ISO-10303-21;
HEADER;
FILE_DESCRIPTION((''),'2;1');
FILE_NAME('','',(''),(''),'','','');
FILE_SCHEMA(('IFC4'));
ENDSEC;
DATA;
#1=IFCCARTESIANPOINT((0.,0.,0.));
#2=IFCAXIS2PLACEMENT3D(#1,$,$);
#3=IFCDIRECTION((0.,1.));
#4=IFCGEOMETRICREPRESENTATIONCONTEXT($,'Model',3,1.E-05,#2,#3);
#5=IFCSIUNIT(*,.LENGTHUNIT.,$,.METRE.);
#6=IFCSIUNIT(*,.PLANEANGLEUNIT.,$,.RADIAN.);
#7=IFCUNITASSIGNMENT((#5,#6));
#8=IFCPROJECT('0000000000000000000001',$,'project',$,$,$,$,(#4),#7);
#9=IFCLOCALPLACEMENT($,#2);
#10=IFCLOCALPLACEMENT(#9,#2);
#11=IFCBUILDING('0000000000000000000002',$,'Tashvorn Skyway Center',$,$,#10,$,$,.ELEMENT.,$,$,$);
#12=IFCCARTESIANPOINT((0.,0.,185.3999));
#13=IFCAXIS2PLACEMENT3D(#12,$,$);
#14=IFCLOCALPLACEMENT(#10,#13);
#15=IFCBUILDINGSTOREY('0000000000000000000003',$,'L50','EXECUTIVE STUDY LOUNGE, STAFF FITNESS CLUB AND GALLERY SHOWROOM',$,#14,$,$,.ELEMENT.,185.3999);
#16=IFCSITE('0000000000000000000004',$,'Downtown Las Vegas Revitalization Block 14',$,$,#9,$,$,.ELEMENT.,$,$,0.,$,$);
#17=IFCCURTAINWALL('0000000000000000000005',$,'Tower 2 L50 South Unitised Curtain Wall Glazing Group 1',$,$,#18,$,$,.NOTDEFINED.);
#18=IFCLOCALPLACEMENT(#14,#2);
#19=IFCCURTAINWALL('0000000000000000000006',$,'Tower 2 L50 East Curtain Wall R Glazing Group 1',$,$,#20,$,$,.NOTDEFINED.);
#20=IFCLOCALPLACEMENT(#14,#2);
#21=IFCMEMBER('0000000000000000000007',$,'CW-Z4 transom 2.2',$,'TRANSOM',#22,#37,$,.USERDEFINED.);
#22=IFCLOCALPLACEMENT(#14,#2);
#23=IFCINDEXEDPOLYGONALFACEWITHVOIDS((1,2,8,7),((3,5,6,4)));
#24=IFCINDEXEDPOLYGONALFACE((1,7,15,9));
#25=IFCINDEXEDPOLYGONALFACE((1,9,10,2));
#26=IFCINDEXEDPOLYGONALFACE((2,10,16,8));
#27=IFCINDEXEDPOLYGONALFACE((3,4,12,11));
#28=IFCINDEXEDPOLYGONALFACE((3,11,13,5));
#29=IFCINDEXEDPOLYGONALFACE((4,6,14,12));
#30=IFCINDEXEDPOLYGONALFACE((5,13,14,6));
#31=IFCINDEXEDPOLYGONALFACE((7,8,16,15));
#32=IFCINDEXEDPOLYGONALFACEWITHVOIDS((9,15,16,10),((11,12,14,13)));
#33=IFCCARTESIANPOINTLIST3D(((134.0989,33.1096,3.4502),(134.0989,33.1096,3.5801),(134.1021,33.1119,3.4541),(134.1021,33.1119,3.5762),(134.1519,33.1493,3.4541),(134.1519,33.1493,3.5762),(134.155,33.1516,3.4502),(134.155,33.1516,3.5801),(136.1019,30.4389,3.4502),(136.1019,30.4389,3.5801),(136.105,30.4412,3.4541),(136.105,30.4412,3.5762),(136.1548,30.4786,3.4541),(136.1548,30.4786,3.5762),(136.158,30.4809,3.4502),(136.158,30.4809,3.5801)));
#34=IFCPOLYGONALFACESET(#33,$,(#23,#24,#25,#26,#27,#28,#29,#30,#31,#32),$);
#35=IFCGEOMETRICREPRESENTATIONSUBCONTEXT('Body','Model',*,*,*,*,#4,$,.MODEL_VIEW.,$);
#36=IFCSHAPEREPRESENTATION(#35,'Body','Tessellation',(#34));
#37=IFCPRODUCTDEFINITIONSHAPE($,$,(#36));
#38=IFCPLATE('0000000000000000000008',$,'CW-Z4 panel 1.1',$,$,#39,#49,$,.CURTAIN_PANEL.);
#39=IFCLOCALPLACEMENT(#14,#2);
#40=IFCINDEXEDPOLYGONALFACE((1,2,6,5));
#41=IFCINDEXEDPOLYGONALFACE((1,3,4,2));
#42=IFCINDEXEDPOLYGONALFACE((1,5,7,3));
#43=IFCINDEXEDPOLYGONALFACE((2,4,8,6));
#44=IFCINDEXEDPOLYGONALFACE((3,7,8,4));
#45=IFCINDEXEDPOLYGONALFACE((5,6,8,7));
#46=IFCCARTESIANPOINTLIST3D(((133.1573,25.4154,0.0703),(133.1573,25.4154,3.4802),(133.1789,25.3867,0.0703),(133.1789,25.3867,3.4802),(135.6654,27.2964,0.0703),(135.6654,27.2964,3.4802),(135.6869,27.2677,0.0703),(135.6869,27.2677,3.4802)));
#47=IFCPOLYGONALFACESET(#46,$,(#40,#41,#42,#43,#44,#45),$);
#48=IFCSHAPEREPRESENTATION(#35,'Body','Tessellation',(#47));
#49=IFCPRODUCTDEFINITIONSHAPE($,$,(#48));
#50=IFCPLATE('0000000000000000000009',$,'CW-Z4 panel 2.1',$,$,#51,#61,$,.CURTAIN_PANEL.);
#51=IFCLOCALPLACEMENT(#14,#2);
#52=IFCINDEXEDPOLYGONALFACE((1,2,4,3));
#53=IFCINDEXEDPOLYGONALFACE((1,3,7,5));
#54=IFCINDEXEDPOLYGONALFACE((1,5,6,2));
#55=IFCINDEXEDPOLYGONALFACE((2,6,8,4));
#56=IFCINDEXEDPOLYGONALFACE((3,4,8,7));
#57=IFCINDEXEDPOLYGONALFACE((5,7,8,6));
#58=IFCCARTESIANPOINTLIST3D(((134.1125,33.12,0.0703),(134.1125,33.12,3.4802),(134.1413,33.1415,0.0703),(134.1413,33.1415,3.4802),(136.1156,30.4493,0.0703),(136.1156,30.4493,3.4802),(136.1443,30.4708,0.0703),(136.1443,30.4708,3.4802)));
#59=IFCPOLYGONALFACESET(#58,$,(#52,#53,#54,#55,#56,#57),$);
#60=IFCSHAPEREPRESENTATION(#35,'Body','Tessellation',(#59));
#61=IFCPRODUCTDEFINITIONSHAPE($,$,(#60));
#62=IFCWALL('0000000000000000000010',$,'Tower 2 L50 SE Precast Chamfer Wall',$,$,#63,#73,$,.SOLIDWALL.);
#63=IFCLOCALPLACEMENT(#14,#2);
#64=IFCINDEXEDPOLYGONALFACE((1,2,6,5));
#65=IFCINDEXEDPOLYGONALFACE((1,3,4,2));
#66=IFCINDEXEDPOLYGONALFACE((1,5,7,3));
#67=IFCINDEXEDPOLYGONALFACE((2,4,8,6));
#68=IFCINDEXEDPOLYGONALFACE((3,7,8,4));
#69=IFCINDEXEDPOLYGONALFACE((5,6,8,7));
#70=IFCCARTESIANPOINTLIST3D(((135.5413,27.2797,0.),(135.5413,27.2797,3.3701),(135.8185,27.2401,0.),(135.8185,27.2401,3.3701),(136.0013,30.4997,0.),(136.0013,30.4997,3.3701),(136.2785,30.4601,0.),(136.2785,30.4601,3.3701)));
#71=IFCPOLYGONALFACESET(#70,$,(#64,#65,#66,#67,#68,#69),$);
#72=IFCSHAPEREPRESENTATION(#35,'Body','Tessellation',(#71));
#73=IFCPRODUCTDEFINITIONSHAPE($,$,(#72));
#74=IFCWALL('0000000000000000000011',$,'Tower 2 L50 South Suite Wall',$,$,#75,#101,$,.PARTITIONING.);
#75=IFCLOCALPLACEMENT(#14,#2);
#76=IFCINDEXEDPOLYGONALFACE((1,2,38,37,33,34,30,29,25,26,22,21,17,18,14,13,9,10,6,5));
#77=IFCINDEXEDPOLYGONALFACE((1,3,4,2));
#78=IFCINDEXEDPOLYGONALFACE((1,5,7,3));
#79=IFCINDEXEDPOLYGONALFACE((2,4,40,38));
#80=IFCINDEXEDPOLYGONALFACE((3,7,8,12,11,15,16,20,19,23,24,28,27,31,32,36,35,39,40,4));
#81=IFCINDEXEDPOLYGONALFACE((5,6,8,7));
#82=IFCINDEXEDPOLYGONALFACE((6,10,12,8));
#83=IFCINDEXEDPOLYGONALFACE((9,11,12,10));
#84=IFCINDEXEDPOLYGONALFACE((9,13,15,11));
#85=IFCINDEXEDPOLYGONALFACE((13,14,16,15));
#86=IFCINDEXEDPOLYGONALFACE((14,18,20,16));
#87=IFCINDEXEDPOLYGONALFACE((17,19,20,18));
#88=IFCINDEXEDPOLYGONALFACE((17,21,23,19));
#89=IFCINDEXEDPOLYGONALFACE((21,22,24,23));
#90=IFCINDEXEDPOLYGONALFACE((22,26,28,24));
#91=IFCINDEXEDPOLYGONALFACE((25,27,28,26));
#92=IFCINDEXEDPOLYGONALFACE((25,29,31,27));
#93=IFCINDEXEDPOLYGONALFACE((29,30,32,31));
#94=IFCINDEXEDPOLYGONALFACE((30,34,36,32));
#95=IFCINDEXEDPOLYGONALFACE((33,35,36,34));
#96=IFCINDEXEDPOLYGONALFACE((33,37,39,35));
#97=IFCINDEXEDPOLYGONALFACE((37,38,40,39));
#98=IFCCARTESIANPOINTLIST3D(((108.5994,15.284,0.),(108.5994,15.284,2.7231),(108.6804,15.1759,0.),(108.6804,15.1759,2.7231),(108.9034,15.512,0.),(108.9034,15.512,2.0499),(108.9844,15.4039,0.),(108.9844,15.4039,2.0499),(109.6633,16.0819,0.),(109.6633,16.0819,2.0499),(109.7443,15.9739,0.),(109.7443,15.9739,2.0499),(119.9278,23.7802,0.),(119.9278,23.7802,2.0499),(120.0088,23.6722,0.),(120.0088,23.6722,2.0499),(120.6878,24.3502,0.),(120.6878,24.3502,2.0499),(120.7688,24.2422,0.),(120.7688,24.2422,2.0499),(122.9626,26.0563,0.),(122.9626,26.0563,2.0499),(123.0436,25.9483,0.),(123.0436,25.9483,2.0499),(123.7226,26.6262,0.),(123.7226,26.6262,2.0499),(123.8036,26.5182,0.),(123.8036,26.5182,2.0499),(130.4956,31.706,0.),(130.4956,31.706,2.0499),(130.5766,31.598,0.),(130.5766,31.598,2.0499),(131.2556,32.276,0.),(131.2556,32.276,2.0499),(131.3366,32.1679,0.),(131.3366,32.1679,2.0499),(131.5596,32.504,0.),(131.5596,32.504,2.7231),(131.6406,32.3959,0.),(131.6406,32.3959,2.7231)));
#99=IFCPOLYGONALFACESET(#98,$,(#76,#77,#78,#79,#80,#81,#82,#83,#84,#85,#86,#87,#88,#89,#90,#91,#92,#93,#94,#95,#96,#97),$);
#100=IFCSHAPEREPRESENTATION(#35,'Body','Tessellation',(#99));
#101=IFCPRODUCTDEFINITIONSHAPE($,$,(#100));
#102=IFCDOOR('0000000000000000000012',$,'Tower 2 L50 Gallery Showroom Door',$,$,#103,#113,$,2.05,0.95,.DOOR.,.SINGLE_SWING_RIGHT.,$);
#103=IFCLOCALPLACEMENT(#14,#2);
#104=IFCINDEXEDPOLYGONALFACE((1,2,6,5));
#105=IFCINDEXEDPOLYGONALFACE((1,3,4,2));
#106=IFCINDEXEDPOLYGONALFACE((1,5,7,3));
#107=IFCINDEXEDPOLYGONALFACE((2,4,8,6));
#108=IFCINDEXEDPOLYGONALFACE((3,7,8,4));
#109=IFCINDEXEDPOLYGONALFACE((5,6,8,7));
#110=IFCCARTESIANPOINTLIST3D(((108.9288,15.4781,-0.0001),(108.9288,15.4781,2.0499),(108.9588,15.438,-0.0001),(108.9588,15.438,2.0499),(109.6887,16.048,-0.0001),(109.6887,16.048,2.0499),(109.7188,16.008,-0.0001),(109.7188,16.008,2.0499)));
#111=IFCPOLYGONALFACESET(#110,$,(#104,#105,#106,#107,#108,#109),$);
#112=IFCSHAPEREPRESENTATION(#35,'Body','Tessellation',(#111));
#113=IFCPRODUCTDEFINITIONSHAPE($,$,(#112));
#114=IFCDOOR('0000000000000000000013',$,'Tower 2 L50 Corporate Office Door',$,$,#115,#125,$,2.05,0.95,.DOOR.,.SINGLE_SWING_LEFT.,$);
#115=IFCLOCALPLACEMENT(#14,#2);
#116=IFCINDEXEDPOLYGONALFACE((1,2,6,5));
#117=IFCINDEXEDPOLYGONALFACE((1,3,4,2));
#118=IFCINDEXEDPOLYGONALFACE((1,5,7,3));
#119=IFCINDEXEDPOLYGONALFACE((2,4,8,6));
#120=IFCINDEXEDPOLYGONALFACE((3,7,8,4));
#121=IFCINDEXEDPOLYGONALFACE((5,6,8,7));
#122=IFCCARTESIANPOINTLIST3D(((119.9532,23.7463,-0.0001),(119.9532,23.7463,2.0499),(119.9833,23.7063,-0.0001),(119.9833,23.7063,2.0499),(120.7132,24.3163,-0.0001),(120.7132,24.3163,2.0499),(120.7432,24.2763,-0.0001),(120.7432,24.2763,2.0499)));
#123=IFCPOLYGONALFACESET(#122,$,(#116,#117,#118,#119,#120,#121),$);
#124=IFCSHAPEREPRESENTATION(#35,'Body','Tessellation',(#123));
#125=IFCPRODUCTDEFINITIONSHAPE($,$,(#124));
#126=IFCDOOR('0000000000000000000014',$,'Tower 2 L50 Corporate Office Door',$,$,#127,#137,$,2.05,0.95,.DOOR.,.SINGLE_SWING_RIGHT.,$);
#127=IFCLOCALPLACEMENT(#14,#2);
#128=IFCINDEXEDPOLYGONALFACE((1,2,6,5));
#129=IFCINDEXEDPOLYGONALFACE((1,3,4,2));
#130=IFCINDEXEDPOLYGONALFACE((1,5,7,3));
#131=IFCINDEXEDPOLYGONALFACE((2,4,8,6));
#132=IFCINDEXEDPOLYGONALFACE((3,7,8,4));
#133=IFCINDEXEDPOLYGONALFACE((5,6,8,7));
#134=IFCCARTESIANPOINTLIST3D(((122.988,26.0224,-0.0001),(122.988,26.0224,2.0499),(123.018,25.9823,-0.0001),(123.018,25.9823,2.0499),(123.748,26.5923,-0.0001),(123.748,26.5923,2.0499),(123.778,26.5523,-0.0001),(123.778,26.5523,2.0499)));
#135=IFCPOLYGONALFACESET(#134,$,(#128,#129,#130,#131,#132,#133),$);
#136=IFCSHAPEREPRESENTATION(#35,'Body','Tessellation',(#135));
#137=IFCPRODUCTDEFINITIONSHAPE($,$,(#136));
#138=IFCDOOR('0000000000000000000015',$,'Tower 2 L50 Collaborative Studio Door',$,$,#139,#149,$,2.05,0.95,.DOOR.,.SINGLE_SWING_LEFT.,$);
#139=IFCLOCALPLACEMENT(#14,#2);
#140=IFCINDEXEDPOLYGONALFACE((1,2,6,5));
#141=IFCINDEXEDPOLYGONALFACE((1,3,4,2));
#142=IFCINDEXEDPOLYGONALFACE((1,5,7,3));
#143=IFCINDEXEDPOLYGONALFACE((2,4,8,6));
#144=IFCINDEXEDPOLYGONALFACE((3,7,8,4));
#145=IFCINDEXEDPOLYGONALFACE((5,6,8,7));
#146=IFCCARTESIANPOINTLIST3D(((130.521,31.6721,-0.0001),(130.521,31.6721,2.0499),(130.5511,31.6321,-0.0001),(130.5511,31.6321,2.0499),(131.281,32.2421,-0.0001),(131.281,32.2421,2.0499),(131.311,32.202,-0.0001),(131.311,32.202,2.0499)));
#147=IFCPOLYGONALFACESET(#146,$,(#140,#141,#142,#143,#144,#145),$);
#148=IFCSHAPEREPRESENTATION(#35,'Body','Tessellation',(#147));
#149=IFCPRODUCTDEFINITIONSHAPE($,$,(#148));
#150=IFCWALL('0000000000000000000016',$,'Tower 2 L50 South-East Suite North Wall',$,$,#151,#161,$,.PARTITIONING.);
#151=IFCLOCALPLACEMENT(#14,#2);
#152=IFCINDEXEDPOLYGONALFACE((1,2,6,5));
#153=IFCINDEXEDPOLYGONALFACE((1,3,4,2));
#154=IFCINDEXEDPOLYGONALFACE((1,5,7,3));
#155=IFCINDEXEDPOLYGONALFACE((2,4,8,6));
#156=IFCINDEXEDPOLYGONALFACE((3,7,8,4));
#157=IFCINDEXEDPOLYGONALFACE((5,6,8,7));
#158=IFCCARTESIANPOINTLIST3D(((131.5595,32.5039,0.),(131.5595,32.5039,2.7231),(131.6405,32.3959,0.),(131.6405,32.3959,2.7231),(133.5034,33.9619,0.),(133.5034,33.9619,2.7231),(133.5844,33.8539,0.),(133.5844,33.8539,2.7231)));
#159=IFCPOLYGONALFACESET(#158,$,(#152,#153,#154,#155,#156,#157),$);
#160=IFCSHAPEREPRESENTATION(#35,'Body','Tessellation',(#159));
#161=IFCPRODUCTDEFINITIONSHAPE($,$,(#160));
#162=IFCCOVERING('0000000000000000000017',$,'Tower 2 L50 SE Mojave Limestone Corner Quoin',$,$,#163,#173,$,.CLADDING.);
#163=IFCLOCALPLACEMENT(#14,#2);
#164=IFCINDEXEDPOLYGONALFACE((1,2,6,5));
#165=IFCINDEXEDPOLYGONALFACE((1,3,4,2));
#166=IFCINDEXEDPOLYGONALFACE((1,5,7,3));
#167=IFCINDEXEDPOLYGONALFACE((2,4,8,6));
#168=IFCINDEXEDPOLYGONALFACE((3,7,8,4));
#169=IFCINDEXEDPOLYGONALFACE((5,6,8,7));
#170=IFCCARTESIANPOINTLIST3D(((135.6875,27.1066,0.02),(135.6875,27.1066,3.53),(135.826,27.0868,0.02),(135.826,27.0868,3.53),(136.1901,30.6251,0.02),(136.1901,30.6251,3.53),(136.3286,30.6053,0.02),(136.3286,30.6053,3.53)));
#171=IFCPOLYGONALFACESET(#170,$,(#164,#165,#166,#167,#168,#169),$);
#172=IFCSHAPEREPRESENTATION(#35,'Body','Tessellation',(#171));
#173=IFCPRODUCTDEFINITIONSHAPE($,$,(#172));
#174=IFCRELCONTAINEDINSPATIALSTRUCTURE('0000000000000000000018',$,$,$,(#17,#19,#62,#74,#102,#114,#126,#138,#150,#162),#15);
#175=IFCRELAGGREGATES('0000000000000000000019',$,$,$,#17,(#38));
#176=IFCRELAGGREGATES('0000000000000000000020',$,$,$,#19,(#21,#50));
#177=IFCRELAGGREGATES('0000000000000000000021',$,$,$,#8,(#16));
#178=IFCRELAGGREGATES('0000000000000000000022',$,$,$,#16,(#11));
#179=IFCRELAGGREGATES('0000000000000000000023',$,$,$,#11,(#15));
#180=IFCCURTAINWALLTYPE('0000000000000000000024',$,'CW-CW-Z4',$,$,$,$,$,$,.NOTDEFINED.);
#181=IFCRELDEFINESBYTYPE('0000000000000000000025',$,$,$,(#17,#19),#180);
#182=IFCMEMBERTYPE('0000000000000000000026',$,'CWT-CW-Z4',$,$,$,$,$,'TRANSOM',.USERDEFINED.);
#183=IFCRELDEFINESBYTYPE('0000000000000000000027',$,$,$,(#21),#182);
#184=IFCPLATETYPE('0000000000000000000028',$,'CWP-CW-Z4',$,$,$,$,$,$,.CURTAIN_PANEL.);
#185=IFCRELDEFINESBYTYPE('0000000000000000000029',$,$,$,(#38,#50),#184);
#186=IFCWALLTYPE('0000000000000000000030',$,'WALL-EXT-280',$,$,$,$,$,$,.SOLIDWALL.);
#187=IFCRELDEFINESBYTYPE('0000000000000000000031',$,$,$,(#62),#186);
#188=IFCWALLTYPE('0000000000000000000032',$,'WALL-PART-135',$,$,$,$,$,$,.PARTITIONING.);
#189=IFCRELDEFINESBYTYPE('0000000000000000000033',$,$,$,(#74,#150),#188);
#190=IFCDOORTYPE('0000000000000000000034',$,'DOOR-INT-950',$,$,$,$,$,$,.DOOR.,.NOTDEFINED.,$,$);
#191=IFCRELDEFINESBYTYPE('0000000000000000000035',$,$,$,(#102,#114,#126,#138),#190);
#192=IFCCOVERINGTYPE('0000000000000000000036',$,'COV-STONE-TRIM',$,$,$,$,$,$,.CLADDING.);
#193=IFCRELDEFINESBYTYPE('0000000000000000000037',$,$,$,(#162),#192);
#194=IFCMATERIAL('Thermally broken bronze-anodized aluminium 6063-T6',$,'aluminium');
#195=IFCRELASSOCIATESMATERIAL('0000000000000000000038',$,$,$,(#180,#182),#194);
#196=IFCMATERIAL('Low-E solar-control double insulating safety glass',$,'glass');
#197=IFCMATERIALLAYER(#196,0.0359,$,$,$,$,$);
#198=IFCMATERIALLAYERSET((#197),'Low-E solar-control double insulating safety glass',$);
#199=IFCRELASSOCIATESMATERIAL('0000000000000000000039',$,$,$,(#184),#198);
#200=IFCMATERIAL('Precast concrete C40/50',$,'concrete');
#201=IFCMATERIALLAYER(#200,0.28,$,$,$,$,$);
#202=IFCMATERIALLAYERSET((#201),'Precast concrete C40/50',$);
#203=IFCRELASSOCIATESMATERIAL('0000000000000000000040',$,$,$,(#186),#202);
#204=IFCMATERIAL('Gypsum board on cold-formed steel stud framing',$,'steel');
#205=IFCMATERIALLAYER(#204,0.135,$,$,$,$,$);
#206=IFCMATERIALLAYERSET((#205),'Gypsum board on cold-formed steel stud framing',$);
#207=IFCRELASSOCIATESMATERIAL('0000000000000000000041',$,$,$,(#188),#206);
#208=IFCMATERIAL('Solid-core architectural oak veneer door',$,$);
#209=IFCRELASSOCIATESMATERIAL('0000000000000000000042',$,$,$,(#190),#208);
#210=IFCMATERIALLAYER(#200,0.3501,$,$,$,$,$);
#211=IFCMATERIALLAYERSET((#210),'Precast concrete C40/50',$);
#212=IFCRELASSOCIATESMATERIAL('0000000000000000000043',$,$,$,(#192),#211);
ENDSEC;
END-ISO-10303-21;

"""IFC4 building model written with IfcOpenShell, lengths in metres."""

from ifc_helpers import new_model, si_unit, direction, frame, frame_2d, origin, origin_2d, place, context, subcontext, project, spatial, rectangle, hollow_rectangle, extrude, material, layer, layer_set, material_profile, profile_set, type_object, element, fill, aggregate, save


model = new_model("IFC4")

# Units and contexts
model_context = context("Model", 3, precision=1e-05, world=origin(), true_north=direction((0.0, 1.0)))
body_context = subcontext(model_context, "Body", "Model", "MODEL_VIEW")
ifc_project = project(units=[si_unit("LENGTHUNIT", "METRE"), si_unit("PLANEANGLEUNIT", "RADIAN")], contexts=[model_context])

# Site, building, storey
site_placement = place(None, origin())
site = spatial("IfcSite", under=ifc_project, at=site_placement, Name="Downtown Las Vegas Revitalization Block 14", CompositionType="ELEMENT", RefElevation=0.0)
building_placement = place(site_placement, origin())
building = spatial("IfcBuilding", under=site, at=building_placement, Name="Tashvorn Skyway Center", CompositionType="ELEMENT")
storey_placement = place(building_placement, frame((0.0, 0.0, 185.3999)))
storey = spatial("IfcBuildingStorey", under=building, at=storey_placement, Name="L50", Description="EXECUTIVE STUDY LOUNGE, STAFF FITNESS CLUB AND GALLERY SHOWROOM", CompositionType="ELEMENT", Elevation=185.3999)

# Curtain wall
ifc_material_1 = material(Name="Thermally broken bronze-anodized aluminium 6063-T6", Category="aluminium")
curtain_wall_type = type_object("IfcCurtainWallType", Name="CW-CW-Z4", PredefinedType="NOTDEFINED", material=ifc_material_1)
curtain_wall_1_placement = place(storey_placement, origin())
curtain_wall_1 = element("IfcCurtainWall", 1, at=curtain_wall_1_placement, inside=storey, type_object=curtain_wall_type, Name="Tower 2 L50 South Unitised Curtain Wall Glazing Group 1", PredefinedType="NOTDEFINED")

# Curtain wall
curtain_wall_2_placement = place(storey_placement, origin())
curtain_wall_2 = element("IfcCurtainWall", 2, at=curtain_wall_2_placement, inside=storey, type_object=curtain_wall_type, Name="Tower 2 L50 East Curtain Wall R Glazing Group 1", PredefinedType="NOTDEFINED")

# Member
ifc_material_profile_1 = material_profile(ifc_material_1, hollow_rectangle(XDim=0.0701, YDim=0.1299, WallThickness=0.0039, at=origin_2d()), Name="ALU-TRAN-70x130")
ifc_profile_set_1 = profile_set([ifc_material_profile_1], Name="Thermally broken bronze-anodized aluminium 6063-T6")
member_type_1 = type_object("IfcMemberType", Name="CWT-CW-Z4", ElementType="TRANSOM", PredefinedType="USERDEFINED", material=ifc_profile_set_1)
member_1_placement = place(storey_placement, frame((134.127, 33.1306, 3.5151), z_axis=(0.599988, -0.800009, 0.0), x_axis=(0.800009, 0.599988, 0.0)))
member_1 = element("IfcMember", 3, at=member_1_placement, type_object=member_type_1, Name="CW-Z4 transom 2.2", ObjectType="TRANSOM", PredefinedType="USERDEFINED", context=body_context, shape_type="SweptSolid", body=[
    extrude(hollow_rectangle(XDim=0.0701, YDim=0.1299, WallThickness=0.0039, at=origin_2d()), origin(), (0.0, 0.0, 1.0), 3.3384),
])

# Plates
ifc_material_2 = material(Name="Low-E solar-control double insulating safety glass", Category="glass")
ifc_layer_1 = layer(ifc_material_2, 0.0359)
ifc_layer_set_1 = layer_set([ifc_layer_1], Name="Low-E solar-control double insulating safety glass")
plate_type = type_object("IfcPlateType", Name="CWP-CW-Z4", PredefinedType="CURTAIN_PANEL", material=ifc_layer_set_1)
plate_1_placement = place(storey_placement, frame((134.4221, 26.3416, 0.0703), z_axis=(0.0, 0.0, 1.0), x_axis=(-0.8, -0.6, 0.0)))
plate_1 = element("IfcPlate", 4, at=plate_1_placement, type_object=plate_type, Name="CW-Z4 panel 1.1", PredefinedType="CURTAIN_PANEL", context=body_context, shape_type="SweptSolid", body=[
    extrude(rectangle(XDim=3.135, YDim=0.0359, at=origin_2d()), origin(), (0.0, 0.0, 1.0), 3.4099),
])
aggregate(curtain_wall_1, [plate_1])
plate_2_placement = place(storey_placement, frame((135.1284, 31.7954, 0.0703), z_axis=(0.0, 0.0, 1.0), x_axis=(0.600002, -0.799998, 0.0)))
plate_2 = element("IfcPlate", 5, at=plate_2_placement, type_object=plate_type, Name="CW-Z4 panel 2.1", PredefinedType="CURTAIN_PANEL", context=body_context, shape_type="SweptSolid", body=[
    extrude(rectangle(XDim=3.3384, YDim=0.0359, at=origin_2d()), origin(), (0.0, 0.0, 1.0), 3.4099),
])
aggregate(curtain_wall_2, [member_1, plate_2])

# Wall
ifc_material_3 = material(Name="Precast concrete C40/50", Category="concrete")
ifc_layer_2 = layer(ifc_material_3, 0.28)
ifc_layer_set_2 = layer_set([ifc_layer_2], Name="Precast concrete C40/50")
wall_type_1 = type_object("IfcWallType", Name="WALL-EXT-280", PredefinedType="SOLIDWALL", material=ifc_layer_set_2)
wall_1_placement = place(storey_placement, frame((136.1399, 30.48, 0.0), z_axis=(0.0, 0.0, 1.0), x_axis=(-0.141411, -0.989951, 0.0)))
element("IfcWall", 6, at=wall_1_placement, inside=storey, type_object=wall_type_1, Name="Tower 2 L50 SE Precast Chamfer Wall", PredefinedType="SOLIDWALL", context=body_context, shape_type="SweptSolid", body=[
    extrude(rectangle(XDim=3.2527, YDim=0.28, at=frame_2d((1.6265, 0.0))), origin(), (0.0, 0.0, 1.0), 3.3701),
])

# Wall, openings, doors
ifc_material_4 = material(Name="Gypsum board on cold-formed steel stud framing", Category="steel")
ifc_layer_3 = layer(ifc_material_4, 0.135)
ifc_layer_set_3 = layer_set([ifc_layer_3], Name="Gypsum board on cold-formed steel stud framing")
wall_type_2 = type_object("IfcWallType", Name="WALL-PART-135", PredefinedType="PARTITIONING", material=ifc_layer_set_3)
wall_2_placement = place(storey_placement, frame((131.6001, 32.45, 0.0), z_axis=(0.0, 0.0, 1.0), x_axis=(-0.800003, -0.599996, 0.0)))
wall_2 = element("IfcWall", 7, at=wall_2_placement, inside=storey, type_object=wall_type_2, Name="Tower 2 L50 South Suite Wall", PredefinedType="PARTITIONING", context=body_context, shape_type="SweptSolid", body=[
    extrude(rectangle(XDim=28.7002, YDim=0.135, at=frame_2d((14.3501, 0.0))), origin(), (0.0, 0.0, 1.0), 2.7231),
])
opening_1_placement = place(wall_2_placement, frame((27.3701, 0.0, 0.0)))
opening_1 = element("IfcOpeningElement", 8, at=opening_1_placement, cuts=wall_2, PredefinedType="OPENING", context=body_context, shape_type="SweptSolid", body=[
    extrude(rectangle(XDim=0.95, YDim=2.05, at=frame_2d((0.4751, 1.0249))), frame((0.0, 0.0774, 0.0), z_axis=(0.0, -1.0, 0.0), x_axis=(1.0, 0.0, 0.0)), (0.0, 0.0, 1.0), 0.155),
])
opening_2_placement = place(wall_2_placement, frame((13.5896, 0.0, 0.0)))
opening_2 = element("IfcOpeningElement", 9, at=opening_2_placement, cuts=wall_2, PredefinedType="OPENING", context=body_context, shape_type="SweptSolid", body=[
    extrude(rectangle(XDim=0.95, YDim=2.05, at=frame_2d((0.4751, 1.0249))), frame((0.0, 0.0774, 0.0), z_axis=(0.0, -1.0, 0.0), x_axis=(1.0, 0.0, 0.0)), (0.0, 0.0, 1.0), 0.155),
])
opening_3_placement = place(wall_2_placement, frame((9.7961, 0.0, 0.0)))
opening_3 = element("IfcOpeningElement", 10, at=opening_3_placement, cuts=wall_2, PredefinedType="OPENING", context=body_context, shape_type="SweptSolid", body=[
    extrude(rectangle(XDim=0.95, YDim=2.05, at=frame_2d((0.4751, 1.0249))), frame((0.0, 0.0774, 0.0), z_axis=(0.0, -1.0, 0.0), x_axis=(1.0, 0.0, 0.0)), (0.0, 0.0, 1.0), 0.155),
])
opening_4_placement = place(wall_2_placement, frame((0.3799, 0.0, 0.0)))
opening_4 = element("IfcOpeningElement", 11, at=opening_4_placement, cuts=wall_2, PredefinedType="OPENING", context=body_context, shape_type="SweptSolid", body=[
    extrude(rectangle(XDim=0.95, YDim=2.05, at=frame_2d((0.4751, 1.0249))), frame((0.0, 0.0774, 0.0), z_axis=(0.0, -1.0, 0.0), x_axis=(1.0, 0.0, 0.0)), (0.0, 0.0, 1.0), 0.155),
])
ifc_material_5 = material(Name="Solid-core architectural oak veneer door")
door_type = type_object("IfcDoorType", Name="DOOR-INT-950", OperationType="NOTDEFINED", PredefinedType="DOOR", material=ifc_material_5)
door_1_placement = place(opening_1_placement, origin())
door_1 = element("IfcDoor", 12, at=door_1_placement, inside=storey, type_object=door_type, Name="Tower 2 L50 Gallery Showroom Door", OperationType="SINGLE_SWING_RIGHT", OverallHeight=2.05, OverallWidth=0.95, PredefinedType="DOOR", context=body_context, shape_type="SweptSolid", body=[
    extrude(rectangle(XDim=0.95, YDim=2.05, at=frame_2d((0.4751, 1.0249))), frame((0.0, 0.0249, 0.0), z_axis=(0.0, -1.0, 0.0), x_axis=(1.0, 0.0, 0.0)), (0.0, 0.0, 1.0), 0.05),
])
fill(opening_1, door_1)
door_2_placement = place(opening_2_placement, origin())
door_2 = element("IfcDoor", 13, at=door_2_placement, inside=storey, type_object=door_type, Name="Tower 2 L50 Corporate Office Door", OperationType="SINGLE_SWING_LEFT", OverallHeight=2.05, OverallWidth=0.95, PredefinedType="DOOR", context=body_context, shape_type="SweptSolid", body=[
    extrude(rectangle(XDim=0.95, YDim=2.05, at=frame_2d((0.4751, 1.0249))), frame((0.0, 0.0249, 0.0), z_axis=(0.0, -1.0, 0.0), x_axis=(1.0, 0.0, 0.0)), (0.0, 0.0, 1.0), 0.05),
])
fill(opening_2, door_2)
door_3_placement = place(opening_3_placement, origin())
door_3 = element("IfcDoor", 14, at=door_3_placement, inside=storey, type_object=door_type, Name="Tower 2 L50 Corporate Office Door", OperationType="SINGLE_SWING_RIGHT", OverallHeight=2.05, OverallWidth=0.95, PredefinedType="DOOR", context=body_context, shape_type="SweptSolid", body=[
    extrude(rectangle(XDim=0.95, YDim=2.05, at=frame_2d((0.4751, 1.0249))), frame((0.0, 0.0249, 0.0), z_axis=(0.0, -1.0, 0.0), x_axis=(1.0, 0.0, 0.0)), (0.0, 0.0, 1.0), 0.05),
])
fill(opening_3, door_3)
door_4_placement = place(opening_4_placement, origin())
door_4 = element("IfcDoor", 15, at=door_4_placement, inside=storey, type_object=door_type, Name="Tower 2 L50 Collaborative Studio Door", OperationType="SINGLE_SWING_LEFT", OverallHeight=2.05, OverallWidth=0.95, PredefinedType="DOOR", context=body_context, shape_type="SweptSolid", body=[
    extrude(rectangle(XDim=0.95, YDim=2.05, at=frame_2d((0.4751, 1.0249))), frame((0.0, 0.0249, 0.0), z_axis=(0.0, -1.0, 0.0), x_axis=(1.0, 0.0, 0.0)), (0.0, 0.0, 1.0), 0.05),
])
fill(opening_4, door_4)

# Wall
wall_3_placement = place(storey_placement, frame((131.6001, 32.45, 0.0), z_axis=(0.0, 0.0, 1.0), x_axis=(0.799976, 0.600032, 0.0)))
element("IfcWall", 16, at=wall_3_placement, inside=storey, type_object=wall_type_2, Name="Tower 2 L50 South-East Suite North Wall", PredefinedType="PARTITIONING", context=body_context, shape_type="SweptSolid", body=[
    extrude(rectangle(XDim=2.4299, YDim=0.135, at=frame_2d((1.2148, 0.0))), origin(), (0.0, 0.0, 1.0), 2.7231),
])

# Covering
ifc_layer_4 = layer(ifc_material_3, 0.3501)
ifc_layer_set_4 = layer_set([ifc_layer_4], Name="Precast concrete C40/50")
covering_type = type_object("IfcCoveringType", Name="COV-STONE-TRIM", PredefinedType="CLADDING", material=ifc_layer_set_4)
covering_placement = place(storey_placement, frame((136.0081, 28.856, 0.02), z_axis=(0.0, 0.0, 1.0), x_axis=(0.141421, 0.989949, 0.0)))
element("IfcCovering", 17, at=covering_placement, inside=storey, type_object=covering_type, Name="Tower 2 L50 SE Mojave Limestone Corner Quoin", PredefinedType="CLADDING", context=body_context, shape_type="SweptSolid", body=[
    extrude(rectangle(XDim=3.5542, YDim=0.1399, at=origin_2d()), origin(), (0.0, 0.0, 1.0), 3.51),
])

save(model, "model.ifc")
